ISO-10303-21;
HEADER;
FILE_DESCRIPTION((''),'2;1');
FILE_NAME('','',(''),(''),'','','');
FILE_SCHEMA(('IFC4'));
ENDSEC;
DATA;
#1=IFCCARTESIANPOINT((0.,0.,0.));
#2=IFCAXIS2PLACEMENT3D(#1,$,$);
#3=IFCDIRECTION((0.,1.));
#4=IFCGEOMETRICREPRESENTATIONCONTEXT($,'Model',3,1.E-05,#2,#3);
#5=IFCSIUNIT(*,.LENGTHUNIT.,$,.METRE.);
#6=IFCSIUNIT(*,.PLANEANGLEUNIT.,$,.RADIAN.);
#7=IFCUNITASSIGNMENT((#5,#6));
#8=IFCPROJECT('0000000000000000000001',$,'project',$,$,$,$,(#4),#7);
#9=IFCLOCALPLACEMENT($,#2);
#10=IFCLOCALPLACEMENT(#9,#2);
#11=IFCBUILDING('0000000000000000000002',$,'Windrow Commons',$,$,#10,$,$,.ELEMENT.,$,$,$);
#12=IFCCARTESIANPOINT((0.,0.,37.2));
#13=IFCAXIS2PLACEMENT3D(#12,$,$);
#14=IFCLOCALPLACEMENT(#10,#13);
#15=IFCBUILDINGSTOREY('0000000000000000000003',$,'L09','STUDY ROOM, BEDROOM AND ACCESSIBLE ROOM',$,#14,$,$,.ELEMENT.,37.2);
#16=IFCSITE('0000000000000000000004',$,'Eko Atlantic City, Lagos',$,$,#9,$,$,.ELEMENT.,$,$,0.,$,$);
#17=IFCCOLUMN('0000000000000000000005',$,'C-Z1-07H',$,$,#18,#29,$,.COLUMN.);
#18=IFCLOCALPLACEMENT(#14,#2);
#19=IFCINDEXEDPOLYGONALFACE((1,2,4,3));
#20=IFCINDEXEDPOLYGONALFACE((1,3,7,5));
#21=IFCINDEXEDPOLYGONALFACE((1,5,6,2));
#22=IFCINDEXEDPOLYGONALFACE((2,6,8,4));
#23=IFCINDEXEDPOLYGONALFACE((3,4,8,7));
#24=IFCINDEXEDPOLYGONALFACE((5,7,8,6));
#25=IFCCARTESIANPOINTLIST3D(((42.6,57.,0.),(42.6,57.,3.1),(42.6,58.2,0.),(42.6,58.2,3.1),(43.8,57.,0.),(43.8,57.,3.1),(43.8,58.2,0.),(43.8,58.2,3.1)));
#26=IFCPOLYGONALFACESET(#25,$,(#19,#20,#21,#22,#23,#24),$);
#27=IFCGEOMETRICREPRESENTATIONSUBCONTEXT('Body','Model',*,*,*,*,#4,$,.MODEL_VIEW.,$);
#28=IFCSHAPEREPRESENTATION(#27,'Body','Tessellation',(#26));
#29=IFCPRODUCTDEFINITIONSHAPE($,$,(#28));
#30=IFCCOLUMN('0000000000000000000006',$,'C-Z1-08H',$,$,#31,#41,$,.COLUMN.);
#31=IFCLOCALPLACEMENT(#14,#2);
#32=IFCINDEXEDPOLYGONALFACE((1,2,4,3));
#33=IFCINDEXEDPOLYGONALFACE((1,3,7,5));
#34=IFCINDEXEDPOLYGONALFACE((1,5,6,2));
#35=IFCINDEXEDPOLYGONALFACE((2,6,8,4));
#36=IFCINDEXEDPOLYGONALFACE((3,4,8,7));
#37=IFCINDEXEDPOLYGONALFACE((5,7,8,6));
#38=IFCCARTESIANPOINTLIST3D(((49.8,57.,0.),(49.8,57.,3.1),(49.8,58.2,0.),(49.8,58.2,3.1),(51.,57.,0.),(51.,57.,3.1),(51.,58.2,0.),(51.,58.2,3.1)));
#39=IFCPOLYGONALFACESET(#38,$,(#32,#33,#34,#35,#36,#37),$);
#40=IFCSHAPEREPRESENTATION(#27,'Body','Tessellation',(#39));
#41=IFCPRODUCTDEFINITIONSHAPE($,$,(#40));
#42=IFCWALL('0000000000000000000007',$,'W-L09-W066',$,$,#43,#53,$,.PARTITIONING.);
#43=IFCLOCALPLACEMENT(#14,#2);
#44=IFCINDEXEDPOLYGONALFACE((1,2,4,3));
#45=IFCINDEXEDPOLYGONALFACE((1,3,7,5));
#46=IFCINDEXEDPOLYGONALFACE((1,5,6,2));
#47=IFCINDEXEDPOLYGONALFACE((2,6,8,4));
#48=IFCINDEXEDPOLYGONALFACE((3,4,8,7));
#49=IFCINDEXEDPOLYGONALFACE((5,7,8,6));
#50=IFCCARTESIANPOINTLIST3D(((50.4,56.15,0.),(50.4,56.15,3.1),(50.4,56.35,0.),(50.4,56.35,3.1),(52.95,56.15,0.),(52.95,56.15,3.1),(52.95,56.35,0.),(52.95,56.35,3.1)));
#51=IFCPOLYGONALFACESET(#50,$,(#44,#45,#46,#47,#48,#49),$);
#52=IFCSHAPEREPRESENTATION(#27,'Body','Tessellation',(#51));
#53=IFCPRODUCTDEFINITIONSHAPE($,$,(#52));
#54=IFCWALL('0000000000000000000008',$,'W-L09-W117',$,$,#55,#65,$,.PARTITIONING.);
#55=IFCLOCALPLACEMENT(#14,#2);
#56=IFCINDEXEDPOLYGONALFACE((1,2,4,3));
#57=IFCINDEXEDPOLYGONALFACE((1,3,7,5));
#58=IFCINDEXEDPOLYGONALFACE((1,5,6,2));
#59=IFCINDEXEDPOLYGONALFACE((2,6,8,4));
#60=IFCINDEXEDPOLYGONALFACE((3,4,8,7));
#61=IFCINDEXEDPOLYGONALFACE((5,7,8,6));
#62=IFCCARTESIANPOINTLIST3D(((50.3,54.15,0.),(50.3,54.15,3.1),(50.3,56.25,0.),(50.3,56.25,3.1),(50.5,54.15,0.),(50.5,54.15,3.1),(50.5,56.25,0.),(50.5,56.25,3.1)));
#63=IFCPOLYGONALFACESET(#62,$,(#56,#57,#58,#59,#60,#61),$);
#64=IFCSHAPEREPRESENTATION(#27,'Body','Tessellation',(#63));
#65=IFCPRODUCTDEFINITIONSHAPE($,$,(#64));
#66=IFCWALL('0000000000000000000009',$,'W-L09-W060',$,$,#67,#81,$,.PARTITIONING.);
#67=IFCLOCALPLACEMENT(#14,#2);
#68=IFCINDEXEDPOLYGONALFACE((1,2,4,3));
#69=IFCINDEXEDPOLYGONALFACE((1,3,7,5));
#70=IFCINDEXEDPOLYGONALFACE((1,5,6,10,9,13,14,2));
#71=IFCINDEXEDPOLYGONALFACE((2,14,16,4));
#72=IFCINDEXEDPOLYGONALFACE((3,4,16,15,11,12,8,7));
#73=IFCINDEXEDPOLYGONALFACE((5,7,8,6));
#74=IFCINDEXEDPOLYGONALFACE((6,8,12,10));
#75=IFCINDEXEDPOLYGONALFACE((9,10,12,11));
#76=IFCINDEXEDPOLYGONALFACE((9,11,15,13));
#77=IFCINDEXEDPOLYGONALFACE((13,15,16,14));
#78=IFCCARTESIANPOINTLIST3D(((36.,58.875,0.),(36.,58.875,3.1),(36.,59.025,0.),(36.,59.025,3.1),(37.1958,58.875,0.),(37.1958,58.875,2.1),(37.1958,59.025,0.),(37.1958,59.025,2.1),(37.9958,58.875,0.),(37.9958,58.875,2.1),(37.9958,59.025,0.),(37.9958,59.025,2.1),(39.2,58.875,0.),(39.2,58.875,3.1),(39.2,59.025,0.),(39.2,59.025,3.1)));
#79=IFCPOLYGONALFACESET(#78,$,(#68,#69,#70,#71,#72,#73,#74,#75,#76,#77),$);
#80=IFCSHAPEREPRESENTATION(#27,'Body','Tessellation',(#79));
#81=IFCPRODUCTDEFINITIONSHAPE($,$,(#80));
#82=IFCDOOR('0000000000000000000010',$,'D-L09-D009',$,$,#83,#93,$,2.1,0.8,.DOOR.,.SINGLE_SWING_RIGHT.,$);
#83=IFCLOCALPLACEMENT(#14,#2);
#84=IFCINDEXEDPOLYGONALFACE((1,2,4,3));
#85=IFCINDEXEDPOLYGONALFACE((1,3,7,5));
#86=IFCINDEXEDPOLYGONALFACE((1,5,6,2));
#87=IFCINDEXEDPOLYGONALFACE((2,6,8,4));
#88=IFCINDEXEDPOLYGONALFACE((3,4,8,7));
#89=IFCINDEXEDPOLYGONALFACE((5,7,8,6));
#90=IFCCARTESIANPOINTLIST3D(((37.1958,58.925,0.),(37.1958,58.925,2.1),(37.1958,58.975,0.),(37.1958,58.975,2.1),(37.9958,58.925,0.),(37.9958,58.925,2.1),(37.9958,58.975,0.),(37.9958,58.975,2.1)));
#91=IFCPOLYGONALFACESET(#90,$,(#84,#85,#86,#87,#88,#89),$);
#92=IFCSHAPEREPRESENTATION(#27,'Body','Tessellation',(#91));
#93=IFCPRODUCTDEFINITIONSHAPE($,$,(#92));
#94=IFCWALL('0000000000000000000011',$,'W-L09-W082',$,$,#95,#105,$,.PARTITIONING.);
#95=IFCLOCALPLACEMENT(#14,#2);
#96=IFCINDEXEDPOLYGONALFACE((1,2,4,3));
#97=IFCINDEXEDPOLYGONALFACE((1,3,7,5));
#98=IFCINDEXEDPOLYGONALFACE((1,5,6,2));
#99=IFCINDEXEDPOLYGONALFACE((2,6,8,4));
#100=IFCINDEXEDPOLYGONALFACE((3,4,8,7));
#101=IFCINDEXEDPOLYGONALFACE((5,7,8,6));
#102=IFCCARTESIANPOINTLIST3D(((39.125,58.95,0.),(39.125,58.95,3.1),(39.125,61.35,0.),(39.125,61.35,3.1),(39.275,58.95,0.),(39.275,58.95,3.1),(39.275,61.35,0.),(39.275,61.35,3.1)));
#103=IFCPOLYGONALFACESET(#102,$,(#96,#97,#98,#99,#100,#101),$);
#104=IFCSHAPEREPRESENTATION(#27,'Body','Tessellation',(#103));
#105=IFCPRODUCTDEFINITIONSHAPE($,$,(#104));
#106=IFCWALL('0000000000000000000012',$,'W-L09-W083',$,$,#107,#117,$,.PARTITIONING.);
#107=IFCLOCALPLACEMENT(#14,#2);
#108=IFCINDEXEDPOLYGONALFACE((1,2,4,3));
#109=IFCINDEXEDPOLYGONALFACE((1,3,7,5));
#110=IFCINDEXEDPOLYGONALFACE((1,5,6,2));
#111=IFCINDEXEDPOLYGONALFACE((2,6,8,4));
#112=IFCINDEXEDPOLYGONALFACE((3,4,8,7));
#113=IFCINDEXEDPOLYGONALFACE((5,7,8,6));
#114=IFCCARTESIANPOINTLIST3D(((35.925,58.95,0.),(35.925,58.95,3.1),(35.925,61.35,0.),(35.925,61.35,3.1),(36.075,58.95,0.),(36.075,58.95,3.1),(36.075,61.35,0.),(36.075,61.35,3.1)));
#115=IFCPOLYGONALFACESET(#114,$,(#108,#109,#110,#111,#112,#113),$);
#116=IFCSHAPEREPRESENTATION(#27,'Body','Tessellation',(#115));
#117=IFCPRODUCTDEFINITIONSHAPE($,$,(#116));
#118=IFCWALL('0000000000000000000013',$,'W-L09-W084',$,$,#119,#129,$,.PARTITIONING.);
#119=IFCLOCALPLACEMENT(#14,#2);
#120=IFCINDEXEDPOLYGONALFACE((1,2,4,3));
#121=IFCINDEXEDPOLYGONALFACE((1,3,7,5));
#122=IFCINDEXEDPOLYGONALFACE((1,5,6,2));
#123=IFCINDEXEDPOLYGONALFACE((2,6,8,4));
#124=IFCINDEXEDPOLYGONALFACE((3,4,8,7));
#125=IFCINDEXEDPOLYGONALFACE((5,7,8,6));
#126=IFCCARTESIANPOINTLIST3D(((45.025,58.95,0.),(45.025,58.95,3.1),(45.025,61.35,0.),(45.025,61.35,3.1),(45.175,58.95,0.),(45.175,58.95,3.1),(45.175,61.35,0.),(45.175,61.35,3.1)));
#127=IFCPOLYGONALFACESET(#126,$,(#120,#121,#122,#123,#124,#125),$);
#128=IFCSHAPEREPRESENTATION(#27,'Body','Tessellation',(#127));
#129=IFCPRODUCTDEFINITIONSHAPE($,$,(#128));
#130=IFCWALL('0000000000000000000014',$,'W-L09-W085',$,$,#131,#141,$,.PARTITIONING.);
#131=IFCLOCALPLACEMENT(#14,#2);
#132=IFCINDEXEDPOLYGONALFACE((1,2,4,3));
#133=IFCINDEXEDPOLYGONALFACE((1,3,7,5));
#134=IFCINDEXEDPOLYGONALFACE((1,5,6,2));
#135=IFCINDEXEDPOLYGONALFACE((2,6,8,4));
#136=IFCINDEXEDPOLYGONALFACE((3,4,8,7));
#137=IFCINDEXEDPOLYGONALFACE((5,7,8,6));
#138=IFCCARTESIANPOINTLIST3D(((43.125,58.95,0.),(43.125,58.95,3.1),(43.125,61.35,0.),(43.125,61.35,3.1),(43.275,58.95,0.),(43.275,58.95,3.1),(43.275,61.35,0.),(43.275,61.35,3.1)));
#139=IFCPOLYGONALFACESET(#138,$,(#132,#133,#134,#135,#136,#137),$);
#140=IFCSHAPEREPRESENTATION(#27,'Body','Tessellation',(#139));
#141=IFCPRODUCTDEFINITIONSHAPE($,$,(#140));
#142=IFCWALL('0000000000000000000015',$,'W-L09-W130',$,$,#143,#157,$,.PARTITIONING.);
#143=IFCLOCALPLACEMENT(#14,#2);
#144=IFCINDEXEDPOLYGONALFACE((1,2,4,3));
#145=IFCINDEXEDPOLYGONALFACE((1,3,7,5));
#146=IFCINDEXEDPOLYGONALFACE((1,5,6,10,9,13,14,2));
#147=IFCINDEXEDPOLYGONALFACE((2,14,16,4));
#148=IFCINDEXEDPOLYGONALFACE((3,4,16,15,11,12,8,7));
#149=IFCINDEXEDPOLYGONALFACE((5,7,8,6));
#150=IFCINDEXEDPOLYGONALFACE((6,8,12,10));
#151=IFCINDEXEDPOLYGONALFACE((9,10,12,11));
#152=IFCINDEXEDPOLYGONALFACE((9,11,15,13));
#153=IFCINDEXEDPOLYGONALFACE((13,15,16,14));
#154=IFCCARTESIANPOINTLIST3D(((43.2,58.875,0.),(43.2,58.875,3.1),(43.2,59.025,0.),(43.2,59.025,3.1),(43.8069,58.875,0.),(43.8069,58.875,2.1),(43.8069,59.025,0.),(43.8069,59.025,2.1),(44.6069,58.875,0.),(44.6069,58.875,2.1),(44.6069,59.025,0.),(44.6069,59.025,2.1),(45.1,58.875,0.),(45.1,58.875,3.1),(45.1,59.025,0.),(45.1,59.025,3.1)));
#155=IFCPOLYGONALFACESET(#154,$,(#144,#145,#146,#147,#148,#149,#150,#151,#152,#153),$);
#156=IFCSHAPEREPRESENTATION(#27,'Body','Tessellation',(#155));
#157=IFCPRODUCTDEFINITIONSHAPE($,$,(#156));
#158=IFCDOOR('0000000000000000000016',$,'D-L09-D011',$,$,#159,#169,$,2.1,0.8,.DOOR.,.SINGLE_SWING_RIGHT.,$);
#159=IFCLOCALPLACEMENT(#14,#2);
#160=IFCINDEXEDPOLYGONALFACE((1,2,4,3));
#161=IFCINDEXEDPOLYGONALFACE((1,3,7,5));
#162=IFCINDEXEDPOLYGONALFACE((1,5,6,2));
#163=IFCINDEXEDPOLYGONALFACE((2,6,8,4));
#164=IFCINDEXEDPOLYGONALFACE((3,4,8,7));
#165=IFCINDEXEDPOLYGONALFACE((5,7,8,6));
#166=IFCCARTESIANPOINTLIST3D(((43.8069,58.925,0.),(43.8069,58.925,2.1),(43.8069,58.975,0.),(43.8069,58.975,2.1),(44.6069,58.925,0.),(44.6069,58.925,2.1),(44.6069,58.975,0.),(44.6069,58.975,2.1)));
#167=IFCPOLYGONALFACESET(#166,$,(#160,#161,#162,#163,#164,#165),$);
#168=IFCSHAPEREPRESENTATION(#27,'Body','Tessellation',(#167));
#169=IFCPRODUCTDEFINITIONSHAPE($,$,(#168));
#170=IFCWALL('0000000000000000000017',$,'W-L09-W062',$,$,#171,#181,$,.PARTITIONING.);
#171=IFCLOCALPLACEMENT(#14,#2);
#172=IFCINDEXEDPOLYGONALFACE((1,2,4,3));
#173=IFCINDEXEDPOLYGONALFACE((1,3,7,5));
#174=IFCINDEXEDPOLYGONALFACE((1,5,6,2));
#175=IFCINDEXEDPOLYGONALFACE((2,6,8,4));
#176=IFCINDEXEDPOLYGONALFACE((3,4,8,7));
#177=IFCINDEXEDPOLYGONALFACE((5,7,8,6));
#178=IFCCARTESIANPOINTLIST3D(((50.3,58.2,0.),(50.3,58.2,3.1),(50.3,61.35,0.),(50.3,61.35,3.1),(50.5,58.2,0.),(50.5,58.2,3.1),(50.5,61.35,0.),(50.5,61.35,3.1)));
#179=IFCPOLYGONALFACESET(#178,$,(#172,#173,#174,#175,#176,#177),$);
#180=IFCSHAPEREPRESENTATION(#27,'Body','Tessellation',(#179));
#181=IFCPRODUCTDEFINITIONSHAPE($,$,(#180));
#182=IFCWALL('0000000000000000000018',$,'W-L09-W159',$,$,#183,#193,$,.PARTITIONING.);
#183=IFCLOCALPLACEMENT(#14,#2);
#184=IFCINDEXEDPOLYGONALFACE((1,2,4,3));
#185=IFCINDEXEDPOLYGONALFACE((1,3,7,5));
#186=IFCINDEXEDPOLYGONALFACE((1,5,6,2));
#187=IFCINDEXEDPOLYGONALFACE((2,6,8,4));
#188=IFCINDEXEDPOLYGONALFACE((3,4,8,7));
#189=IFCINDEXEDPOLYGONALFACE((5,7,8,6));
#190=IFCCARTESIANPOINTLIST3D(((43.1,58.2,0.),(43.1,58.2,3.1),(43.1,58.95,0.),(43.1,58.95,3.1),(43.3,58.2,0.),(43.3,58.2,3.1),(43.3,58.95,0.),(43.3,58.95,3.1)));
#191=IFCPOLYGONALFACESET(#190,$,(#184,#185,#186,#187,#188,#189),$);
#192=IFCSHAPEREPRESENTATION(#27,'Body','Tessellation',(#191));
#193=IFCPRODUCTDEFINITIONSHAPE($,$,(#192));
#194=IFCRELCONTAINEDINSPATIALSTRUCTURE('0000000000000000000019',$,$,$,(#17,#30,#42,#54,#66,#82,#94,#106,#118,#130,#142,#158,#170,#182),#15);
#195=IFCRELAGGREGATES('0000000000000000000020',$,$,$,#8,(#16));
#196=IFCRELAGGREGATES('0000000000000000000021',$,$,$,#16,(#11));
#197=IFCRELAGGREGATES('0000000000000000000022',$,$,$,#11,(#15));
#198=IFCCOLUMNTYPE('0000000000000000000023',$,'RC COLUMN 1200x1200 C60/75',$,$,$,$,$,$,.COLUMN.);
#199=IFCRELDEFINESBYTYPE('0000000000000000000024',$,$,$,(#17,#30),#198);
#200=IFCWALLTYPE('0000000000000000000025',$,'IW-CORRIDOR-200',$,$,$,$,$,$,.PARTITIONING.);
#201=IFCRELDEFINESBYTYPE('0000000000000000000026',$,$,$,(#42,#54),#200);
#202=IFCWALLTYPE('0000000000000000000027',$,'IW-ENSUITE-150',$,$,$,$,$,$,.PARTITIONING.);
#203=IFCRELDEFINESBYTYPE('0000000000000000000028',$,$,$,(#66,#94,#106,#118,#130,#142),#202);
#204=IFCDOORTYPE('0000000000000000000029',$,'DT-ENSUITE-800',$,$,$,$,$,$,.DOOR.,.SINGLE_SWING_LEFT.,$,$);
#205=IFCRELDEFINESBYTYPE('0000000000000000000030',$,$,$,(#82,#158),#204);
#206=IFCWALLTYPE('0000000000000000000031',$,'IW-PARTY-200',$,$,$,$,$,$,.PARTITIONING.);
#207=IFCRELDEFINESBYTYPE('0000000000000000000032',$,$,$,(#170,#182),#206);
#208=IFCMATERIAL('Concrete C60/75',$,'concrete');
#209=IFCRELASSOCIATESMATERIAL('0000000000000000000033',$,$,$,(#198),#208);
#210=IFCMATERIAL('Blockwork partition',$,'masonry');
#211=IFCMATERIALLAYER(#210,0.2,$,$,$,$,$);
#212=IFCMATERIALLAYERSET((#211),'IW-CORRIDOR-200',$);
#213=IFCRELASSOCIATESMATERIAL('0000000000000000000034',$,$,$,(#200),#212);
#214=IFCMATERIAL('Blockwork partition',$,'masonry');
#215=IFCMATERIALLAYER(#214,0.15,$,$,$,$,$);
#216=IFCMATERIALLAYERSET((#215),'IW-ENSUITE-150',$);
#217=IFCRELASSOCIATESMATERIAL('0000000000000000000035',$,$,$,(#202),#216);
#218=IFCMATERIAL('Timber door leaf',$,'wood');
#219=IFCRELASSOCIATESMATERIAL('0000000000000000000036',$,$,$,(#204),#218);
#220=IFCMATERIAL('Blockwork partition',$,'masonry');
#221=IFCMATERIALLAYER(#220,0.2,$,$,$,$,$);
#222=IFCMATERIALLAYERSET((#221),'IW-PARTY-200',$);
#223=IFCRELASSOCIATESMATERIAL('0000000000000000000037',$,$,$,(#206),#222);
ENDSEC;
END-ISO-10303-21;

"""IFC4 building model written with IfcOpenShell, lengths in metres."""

from ifc_helpers import new_model, si_unit, direction, frame, frame_2d, origin, origin_2d, place, context, subcontext, project, spatial, rectangle, extrude, material, layer, layer_set, material_profile, profile_set, type_object, element, fill, save


model = new_model("IFC4")

# Units and contexts
model_context = context("Model", 3, precision=1e-05, world=origin(), true_north=direction((0.0, 1.0)))
body_context = subcontext(model_context, "Body", "Model", "MODEL_VIEW")
ifc_project = project(units=[si_unit("LENGTHUNIT", "METRE"), si_unit("PLANEANGLEUNIT", "RADIAN")], contexts=[model_context])

# Site, building, storey
site_placement = place(None, origin())
site = spatial("IfcSite", under=ifc_project, at=site_placement, Name="Eko Atlantic City, Lagos", CompositionType="ELEMENT", RefElevation=0.0)
building_placement = place(site_placement, origin())
building = spatial("IfcBuilding", under=site, at=building_placement, Name="Windrow Commons", CompositionType="ELEMENT")
storey_placement = place(building_placement, frame((0.0, 0.0, 37.2)))
storey = spatial("IfcBuildingStorey", under=building, at=storey_placement, Name="L09", Description="STUDY ROOM, BEDROOM AND ACCESSIBLE ROOM", CompositionType="ELEMENT", Elevation=37.2)

# Columns
ifc_material_1 = material(Name="Concrete C60/75", Category="concrete")
ifc_material_profile = material_profile(ifc_material_1, rectangle(XDim=1.2, YDim=1.2, at=origin_2d()))
ifc_profile_set = profile_set([ifc_material_profile], Name="Concrete C60/75")
column_type = type_object("IfcColumnType", Name="RC COLUMN 1200x1200 C60/75", PredefinedType="COLUMN", material=ifc_profile_set)
for number, where, z_axis, x_axis, name in (
    (1, (43.2, 57.6, 0.0), (0.0, 0.0, 1.0), (1.0, 0.0, 0.0), "C-Z1-07H"),
    (2, (50.4, 57.6, 0.0), (0.0, 0.0, 1.0), (1.0, 0.0, 0.0), "C-Z1-08H"),
):
    element("IfcColumn", number, at=place(storey_placement, frame(where, z_axis=z_axis, x_axis=x_axis)), inside=storey, type_object=column_type, Name=name, PredefinedType="COLUMN", context=body_context, shape_type="SweptSolid", body=[
        extrude(rectangle(XDim=1.2, YDim=1.2, at=origin_2d()), origin(), (0.0, 0.0, 1.0), 3.1),
    ])

# Walls
ifc_material_2 = material(Name="Blockwork partition", Category="masonry")
ifc_layer_1 = layer(ifc_material_2, 0.2)
ifc_layer_set_1 = layer_set([ifc_layer_1], Name="IW-CORRIDOR-200")
wall_type_1 = type_object("IfcWallType", Name="IW-CORRIDOR-200", PredefinedType="PARTITIONING", material=ifc_layer_set_1)
wall_1_placement = place(storey_placement, frame((50.4, 56.25, 0.0), z_axis=(0.0, 0.0, 1.0), x_axis=(1.0, 0.0, 0.0)))
element("IfcWall", 3, at=wall_1_placement, inside=storey, type_object=wall_type_1, Name="W-L09-W066", PredefinedType="PARTITIONING", context=body_context, shape_type="SweptSolid", body=[
    extrude(rectangle(XDim=2.55, YDim=0.2, at=frame_2d((1.275, 0.0))), origin(), (0.0, 0.0, 1.0), 3.1),
])
wall_2_placement = place(storey_placement, frame((50.4, 54.15, 0.0), z_axis=(0.0, 0.0, 1.0), x_axis=(0.0, 1.0, 0.0)))
element("IfcWall", 4, at=wall_2_placement, inside=storey, type_object=wall_type_1, Name="W-L09-W117", PredefinedType="PARTITIONING", context=body_context, shape_type="SweptSolid", body=[
    extrude(rectangle(XDim=2.1, YDim=0.2, at=frame_2d((1.05, 0.0))), origin(), (0.0, 0.0, 1.0), 3.1),
])

# Wall, opening, door
ifc_material_3 = material(Name="Blockwork partition", Category="masonry")
ifc_layer_2 = layer(ifc_material_3, 0.15)
ifc_layer_set_2 = layer_set([ifc_layer_2], Name="IW-ENSUITE-150")
wall_type_2 = type_object("IfcWallType", Name="IW-ENSUITE-150", PredefinedType="PARTITIONING", material=ifc_layer_set_2)
wall_3_placement = place(storey_placement, frame((36.0, 58.95, 0.0), z_axis=(0.0, 0.0, 1.0), x_axis=(1.0, 0.0, 0.0)))
wall_3 = element("IfcWall", 5, at=wall_3_placement, inside=storey, type_object=wall_type_2, Name="W-L09-W060", PredefinedType="PARTITIONING", context=body_context, shape_type="SweptSolid", body=[
    extrude(rectangle(XDim=3.2, YDim=0.15, at=frame_2d((1.6, 0.0))), origin(), (0.0, 0.0, 1.0), 3.1),
])
opening_1_placement = place(wall_3_placement, frame((1.1958, 0.0, 0.0)))
opening_1 = element("IfcOpeningElement", 6, at=opening_1_placement, cuts=wall_3, PredefinedType="OPENING", context=body_context, shape_type="SweptSolid", body=[
    extrude(rectangle(XDim=0.8, YDim=2.1, at=frame_2d((0.4, 1.05))), frame((0.0, 0.085, 0.0), z_axis=(0.0, -1.0, 0.0), x_axis=(1.0, 0.0, 0.0)), (0.0, 0.0, 1.0), 0.17),
])
ifc_material_4 = material(Name="Timber door leaf", Category="wood")
door_type = type_object("IfcDoorType", Name="DT-ENSUITE-800", OperationType="SINGLE_SWING_LEFT", PredefinedType="DOOR", material=ifc_material_4)
door_1_placement = place(opening_1_placement, origin())
door_1 = element("IfcDoor", 7, at=door_1_placement, inside=storey, type_object=door_type, Name="D-L09-D009", OperationType="SINGLE_SWING_RIGHT", OverallHeight=2.1, OverallWidth=0.8, PredefinedType="DOOR", context=body_context, shape_type="SweptSolid", body=[
    extrude(rectangle(XDim=0.8, YDim=2.1, at=frame_2d((0.4, 1.05))), frame((0.0, 0.025, 0.0), z_axis=(0.0, -1.0, 0.0), x_axis=(1.0, 0.0, 0.0)), (0.0, 0.0, 1.0), 0.05),
])
fill(opening_1, door_1)

# Walls
for number, where, z_axis, x_axis, name in (
    (8, (39.2, 58.95, 0.0), (0.0, 0.0, 1.0), (0.0, 1.0, 0.0), "W-L09-W082"),
    (9, (36.0, 58.95, 0.0), (0.0, 0.0, 1.0), (0.0, 1.0, 0.0), "W-L09-W083"),
    (10, (45.1, 58.95, 0.0), (0.0, 0.0, 1.0), (0.0, 1.0, 0.0), "W-L09-W084"),
    (11, (43.2, 58.95, 0.0), (0.0, 0.0, 1.0), (0.0, 1.0, 0.0), "W-L09-W085"),
):
    element("IfcWall", number, at=place(storey_placement, frame(where, z_axis=z_axis, x_axis=x_axis)), inside=storey, type_object=wall_type_2, Name=name, PredefinedType="PARTITIONING", context=body_context, shape_type="SweptSolid", body=[
        extrude(rectangle(XDim=2.4, YDim=0.15, at=frame_2d((1.2, 0.0))), origin(), (0.0, 0.0, 1.0), 3.1),
    ])

# Wall, opening, door
wall_4_placement = place(storey_placement, frame((43.2, 58.95, 0.0), z_axis=(0.0, 0.0, 1.0), x_axis=(1.0, 0.0, 0.0)))
wall_4 = element("IfcWall", 12, at=wall_4_placement, inside=storey, type_object=wall_type_2, Name="W-L09-W130", PredefinedType="PARTITIONING", context=body_context, shape_type="SweptSolid", body=[
    extrude(rectangle(XDim=1.9, YDim=0.15, at=frame_2d((0.95, 0.0))), origin(), (0.0, 0.0, 1.0), 3.1),
])
opening_2_placement = place(wall_4_placement, frame((0.6069, 0.0, 0.0)))
opening_2 = element("IfcOpeningElement", 13, at=opening_2_placement, cuts=wall_4, PredefinedType="OPENING", context=body_context, shape_type="SweptSolid", body=[
    extrude(rectangle(XDim=0.8, YDim=2.1, at=frame_2d((0.4, 1.05))), frame((0.0, 0.085, 0.0), z_axis=(0.0, -1.0, 0.0), x_axis=(1.0, 0.0, 0.0)), (0.0, 0.0, 1.0), 0.17),
])
door_2_placement = place(opening_2_placement, origin())
door_2 = element("IfcDoor", 14, at=door_2_placement, inside=storey, type_object=door_type, Name="D-L09-D011", OperationType="SINGLE_SWING_RIGHT", OverallHeight=2.1, OverallWidth=0.8, PredefinedType="DOOR", context=body_context, shape_type="SweptSolid", body=[
    extrude(rectangle(XDim=0.8, YDim=2.1, at=frame_2d((0.4, 1.05))), frame((0.0, 0.025, 0.0), z_axis=(0.0, -1.0, 0.0), x_axis=(1.0, 0.0, 0.0)), (0.0, 0.0, 1.0), 0.05),
])
fill(opening_2, door_2)

# Walls
ifc_material_5 = material(Name="Blockwork partition", Category="masonry")
ifc_layer_3 = layer(ifc_material_5, 0.2)
ifc_layer_set_3 = layer_set([ifc_layer_3], Name="IW-PARTY-200")
wall_type_3 = type_object("IfcWallType", Name="IW-PARTY-200", PredefinedType="PARTITIONING", material=ifc_layer_set_3)
wall_5_placement = place(storey_placement, frame((50.4, 58.2, 0.0), z_axis=(0.0, 0.0, 1.0), x_axis=(0.0, 1.0, 0.0)))
element("IfcWall", 15, at=wall_5_placement, inside=storey, type_object=wall_type_3, Name="W-L09-W062", PredefinedType="PARTITIONING", context=body_context, shape_type="SweptSolid", body=[
    extrude(rectangle(XDim=3.15, YDim=0.2, at=frame_2d((1.575, 0.0))), origin(), (0.0, 0.0, 1.0), 3.1),
])
for number, where, z_axis, x_axis, name in (
    (16, (43.2, 58.2, 0.0), (0.0, 0.0, 1.0), (0.0, 1.0, 0.0), "W-L09-W159"),
):
    element("IfcWall", number, at=place(storey_placement, frame(where, z_axis=z_axis, x_axis=x_axis)), inside=storey, type_object=wall_type_3, Name=name, PredefinedType="PARTITIONING", context=body_context, shape_type="SweptSolid", body=[
        extrude(rectangle(XDim=0.75, YDim=0.2, at=frame_2d((0.375, 0.0))), origin(), (0.0, 0.0, 1.0), 3.1),
    ])

save(model, "model.ifc")
